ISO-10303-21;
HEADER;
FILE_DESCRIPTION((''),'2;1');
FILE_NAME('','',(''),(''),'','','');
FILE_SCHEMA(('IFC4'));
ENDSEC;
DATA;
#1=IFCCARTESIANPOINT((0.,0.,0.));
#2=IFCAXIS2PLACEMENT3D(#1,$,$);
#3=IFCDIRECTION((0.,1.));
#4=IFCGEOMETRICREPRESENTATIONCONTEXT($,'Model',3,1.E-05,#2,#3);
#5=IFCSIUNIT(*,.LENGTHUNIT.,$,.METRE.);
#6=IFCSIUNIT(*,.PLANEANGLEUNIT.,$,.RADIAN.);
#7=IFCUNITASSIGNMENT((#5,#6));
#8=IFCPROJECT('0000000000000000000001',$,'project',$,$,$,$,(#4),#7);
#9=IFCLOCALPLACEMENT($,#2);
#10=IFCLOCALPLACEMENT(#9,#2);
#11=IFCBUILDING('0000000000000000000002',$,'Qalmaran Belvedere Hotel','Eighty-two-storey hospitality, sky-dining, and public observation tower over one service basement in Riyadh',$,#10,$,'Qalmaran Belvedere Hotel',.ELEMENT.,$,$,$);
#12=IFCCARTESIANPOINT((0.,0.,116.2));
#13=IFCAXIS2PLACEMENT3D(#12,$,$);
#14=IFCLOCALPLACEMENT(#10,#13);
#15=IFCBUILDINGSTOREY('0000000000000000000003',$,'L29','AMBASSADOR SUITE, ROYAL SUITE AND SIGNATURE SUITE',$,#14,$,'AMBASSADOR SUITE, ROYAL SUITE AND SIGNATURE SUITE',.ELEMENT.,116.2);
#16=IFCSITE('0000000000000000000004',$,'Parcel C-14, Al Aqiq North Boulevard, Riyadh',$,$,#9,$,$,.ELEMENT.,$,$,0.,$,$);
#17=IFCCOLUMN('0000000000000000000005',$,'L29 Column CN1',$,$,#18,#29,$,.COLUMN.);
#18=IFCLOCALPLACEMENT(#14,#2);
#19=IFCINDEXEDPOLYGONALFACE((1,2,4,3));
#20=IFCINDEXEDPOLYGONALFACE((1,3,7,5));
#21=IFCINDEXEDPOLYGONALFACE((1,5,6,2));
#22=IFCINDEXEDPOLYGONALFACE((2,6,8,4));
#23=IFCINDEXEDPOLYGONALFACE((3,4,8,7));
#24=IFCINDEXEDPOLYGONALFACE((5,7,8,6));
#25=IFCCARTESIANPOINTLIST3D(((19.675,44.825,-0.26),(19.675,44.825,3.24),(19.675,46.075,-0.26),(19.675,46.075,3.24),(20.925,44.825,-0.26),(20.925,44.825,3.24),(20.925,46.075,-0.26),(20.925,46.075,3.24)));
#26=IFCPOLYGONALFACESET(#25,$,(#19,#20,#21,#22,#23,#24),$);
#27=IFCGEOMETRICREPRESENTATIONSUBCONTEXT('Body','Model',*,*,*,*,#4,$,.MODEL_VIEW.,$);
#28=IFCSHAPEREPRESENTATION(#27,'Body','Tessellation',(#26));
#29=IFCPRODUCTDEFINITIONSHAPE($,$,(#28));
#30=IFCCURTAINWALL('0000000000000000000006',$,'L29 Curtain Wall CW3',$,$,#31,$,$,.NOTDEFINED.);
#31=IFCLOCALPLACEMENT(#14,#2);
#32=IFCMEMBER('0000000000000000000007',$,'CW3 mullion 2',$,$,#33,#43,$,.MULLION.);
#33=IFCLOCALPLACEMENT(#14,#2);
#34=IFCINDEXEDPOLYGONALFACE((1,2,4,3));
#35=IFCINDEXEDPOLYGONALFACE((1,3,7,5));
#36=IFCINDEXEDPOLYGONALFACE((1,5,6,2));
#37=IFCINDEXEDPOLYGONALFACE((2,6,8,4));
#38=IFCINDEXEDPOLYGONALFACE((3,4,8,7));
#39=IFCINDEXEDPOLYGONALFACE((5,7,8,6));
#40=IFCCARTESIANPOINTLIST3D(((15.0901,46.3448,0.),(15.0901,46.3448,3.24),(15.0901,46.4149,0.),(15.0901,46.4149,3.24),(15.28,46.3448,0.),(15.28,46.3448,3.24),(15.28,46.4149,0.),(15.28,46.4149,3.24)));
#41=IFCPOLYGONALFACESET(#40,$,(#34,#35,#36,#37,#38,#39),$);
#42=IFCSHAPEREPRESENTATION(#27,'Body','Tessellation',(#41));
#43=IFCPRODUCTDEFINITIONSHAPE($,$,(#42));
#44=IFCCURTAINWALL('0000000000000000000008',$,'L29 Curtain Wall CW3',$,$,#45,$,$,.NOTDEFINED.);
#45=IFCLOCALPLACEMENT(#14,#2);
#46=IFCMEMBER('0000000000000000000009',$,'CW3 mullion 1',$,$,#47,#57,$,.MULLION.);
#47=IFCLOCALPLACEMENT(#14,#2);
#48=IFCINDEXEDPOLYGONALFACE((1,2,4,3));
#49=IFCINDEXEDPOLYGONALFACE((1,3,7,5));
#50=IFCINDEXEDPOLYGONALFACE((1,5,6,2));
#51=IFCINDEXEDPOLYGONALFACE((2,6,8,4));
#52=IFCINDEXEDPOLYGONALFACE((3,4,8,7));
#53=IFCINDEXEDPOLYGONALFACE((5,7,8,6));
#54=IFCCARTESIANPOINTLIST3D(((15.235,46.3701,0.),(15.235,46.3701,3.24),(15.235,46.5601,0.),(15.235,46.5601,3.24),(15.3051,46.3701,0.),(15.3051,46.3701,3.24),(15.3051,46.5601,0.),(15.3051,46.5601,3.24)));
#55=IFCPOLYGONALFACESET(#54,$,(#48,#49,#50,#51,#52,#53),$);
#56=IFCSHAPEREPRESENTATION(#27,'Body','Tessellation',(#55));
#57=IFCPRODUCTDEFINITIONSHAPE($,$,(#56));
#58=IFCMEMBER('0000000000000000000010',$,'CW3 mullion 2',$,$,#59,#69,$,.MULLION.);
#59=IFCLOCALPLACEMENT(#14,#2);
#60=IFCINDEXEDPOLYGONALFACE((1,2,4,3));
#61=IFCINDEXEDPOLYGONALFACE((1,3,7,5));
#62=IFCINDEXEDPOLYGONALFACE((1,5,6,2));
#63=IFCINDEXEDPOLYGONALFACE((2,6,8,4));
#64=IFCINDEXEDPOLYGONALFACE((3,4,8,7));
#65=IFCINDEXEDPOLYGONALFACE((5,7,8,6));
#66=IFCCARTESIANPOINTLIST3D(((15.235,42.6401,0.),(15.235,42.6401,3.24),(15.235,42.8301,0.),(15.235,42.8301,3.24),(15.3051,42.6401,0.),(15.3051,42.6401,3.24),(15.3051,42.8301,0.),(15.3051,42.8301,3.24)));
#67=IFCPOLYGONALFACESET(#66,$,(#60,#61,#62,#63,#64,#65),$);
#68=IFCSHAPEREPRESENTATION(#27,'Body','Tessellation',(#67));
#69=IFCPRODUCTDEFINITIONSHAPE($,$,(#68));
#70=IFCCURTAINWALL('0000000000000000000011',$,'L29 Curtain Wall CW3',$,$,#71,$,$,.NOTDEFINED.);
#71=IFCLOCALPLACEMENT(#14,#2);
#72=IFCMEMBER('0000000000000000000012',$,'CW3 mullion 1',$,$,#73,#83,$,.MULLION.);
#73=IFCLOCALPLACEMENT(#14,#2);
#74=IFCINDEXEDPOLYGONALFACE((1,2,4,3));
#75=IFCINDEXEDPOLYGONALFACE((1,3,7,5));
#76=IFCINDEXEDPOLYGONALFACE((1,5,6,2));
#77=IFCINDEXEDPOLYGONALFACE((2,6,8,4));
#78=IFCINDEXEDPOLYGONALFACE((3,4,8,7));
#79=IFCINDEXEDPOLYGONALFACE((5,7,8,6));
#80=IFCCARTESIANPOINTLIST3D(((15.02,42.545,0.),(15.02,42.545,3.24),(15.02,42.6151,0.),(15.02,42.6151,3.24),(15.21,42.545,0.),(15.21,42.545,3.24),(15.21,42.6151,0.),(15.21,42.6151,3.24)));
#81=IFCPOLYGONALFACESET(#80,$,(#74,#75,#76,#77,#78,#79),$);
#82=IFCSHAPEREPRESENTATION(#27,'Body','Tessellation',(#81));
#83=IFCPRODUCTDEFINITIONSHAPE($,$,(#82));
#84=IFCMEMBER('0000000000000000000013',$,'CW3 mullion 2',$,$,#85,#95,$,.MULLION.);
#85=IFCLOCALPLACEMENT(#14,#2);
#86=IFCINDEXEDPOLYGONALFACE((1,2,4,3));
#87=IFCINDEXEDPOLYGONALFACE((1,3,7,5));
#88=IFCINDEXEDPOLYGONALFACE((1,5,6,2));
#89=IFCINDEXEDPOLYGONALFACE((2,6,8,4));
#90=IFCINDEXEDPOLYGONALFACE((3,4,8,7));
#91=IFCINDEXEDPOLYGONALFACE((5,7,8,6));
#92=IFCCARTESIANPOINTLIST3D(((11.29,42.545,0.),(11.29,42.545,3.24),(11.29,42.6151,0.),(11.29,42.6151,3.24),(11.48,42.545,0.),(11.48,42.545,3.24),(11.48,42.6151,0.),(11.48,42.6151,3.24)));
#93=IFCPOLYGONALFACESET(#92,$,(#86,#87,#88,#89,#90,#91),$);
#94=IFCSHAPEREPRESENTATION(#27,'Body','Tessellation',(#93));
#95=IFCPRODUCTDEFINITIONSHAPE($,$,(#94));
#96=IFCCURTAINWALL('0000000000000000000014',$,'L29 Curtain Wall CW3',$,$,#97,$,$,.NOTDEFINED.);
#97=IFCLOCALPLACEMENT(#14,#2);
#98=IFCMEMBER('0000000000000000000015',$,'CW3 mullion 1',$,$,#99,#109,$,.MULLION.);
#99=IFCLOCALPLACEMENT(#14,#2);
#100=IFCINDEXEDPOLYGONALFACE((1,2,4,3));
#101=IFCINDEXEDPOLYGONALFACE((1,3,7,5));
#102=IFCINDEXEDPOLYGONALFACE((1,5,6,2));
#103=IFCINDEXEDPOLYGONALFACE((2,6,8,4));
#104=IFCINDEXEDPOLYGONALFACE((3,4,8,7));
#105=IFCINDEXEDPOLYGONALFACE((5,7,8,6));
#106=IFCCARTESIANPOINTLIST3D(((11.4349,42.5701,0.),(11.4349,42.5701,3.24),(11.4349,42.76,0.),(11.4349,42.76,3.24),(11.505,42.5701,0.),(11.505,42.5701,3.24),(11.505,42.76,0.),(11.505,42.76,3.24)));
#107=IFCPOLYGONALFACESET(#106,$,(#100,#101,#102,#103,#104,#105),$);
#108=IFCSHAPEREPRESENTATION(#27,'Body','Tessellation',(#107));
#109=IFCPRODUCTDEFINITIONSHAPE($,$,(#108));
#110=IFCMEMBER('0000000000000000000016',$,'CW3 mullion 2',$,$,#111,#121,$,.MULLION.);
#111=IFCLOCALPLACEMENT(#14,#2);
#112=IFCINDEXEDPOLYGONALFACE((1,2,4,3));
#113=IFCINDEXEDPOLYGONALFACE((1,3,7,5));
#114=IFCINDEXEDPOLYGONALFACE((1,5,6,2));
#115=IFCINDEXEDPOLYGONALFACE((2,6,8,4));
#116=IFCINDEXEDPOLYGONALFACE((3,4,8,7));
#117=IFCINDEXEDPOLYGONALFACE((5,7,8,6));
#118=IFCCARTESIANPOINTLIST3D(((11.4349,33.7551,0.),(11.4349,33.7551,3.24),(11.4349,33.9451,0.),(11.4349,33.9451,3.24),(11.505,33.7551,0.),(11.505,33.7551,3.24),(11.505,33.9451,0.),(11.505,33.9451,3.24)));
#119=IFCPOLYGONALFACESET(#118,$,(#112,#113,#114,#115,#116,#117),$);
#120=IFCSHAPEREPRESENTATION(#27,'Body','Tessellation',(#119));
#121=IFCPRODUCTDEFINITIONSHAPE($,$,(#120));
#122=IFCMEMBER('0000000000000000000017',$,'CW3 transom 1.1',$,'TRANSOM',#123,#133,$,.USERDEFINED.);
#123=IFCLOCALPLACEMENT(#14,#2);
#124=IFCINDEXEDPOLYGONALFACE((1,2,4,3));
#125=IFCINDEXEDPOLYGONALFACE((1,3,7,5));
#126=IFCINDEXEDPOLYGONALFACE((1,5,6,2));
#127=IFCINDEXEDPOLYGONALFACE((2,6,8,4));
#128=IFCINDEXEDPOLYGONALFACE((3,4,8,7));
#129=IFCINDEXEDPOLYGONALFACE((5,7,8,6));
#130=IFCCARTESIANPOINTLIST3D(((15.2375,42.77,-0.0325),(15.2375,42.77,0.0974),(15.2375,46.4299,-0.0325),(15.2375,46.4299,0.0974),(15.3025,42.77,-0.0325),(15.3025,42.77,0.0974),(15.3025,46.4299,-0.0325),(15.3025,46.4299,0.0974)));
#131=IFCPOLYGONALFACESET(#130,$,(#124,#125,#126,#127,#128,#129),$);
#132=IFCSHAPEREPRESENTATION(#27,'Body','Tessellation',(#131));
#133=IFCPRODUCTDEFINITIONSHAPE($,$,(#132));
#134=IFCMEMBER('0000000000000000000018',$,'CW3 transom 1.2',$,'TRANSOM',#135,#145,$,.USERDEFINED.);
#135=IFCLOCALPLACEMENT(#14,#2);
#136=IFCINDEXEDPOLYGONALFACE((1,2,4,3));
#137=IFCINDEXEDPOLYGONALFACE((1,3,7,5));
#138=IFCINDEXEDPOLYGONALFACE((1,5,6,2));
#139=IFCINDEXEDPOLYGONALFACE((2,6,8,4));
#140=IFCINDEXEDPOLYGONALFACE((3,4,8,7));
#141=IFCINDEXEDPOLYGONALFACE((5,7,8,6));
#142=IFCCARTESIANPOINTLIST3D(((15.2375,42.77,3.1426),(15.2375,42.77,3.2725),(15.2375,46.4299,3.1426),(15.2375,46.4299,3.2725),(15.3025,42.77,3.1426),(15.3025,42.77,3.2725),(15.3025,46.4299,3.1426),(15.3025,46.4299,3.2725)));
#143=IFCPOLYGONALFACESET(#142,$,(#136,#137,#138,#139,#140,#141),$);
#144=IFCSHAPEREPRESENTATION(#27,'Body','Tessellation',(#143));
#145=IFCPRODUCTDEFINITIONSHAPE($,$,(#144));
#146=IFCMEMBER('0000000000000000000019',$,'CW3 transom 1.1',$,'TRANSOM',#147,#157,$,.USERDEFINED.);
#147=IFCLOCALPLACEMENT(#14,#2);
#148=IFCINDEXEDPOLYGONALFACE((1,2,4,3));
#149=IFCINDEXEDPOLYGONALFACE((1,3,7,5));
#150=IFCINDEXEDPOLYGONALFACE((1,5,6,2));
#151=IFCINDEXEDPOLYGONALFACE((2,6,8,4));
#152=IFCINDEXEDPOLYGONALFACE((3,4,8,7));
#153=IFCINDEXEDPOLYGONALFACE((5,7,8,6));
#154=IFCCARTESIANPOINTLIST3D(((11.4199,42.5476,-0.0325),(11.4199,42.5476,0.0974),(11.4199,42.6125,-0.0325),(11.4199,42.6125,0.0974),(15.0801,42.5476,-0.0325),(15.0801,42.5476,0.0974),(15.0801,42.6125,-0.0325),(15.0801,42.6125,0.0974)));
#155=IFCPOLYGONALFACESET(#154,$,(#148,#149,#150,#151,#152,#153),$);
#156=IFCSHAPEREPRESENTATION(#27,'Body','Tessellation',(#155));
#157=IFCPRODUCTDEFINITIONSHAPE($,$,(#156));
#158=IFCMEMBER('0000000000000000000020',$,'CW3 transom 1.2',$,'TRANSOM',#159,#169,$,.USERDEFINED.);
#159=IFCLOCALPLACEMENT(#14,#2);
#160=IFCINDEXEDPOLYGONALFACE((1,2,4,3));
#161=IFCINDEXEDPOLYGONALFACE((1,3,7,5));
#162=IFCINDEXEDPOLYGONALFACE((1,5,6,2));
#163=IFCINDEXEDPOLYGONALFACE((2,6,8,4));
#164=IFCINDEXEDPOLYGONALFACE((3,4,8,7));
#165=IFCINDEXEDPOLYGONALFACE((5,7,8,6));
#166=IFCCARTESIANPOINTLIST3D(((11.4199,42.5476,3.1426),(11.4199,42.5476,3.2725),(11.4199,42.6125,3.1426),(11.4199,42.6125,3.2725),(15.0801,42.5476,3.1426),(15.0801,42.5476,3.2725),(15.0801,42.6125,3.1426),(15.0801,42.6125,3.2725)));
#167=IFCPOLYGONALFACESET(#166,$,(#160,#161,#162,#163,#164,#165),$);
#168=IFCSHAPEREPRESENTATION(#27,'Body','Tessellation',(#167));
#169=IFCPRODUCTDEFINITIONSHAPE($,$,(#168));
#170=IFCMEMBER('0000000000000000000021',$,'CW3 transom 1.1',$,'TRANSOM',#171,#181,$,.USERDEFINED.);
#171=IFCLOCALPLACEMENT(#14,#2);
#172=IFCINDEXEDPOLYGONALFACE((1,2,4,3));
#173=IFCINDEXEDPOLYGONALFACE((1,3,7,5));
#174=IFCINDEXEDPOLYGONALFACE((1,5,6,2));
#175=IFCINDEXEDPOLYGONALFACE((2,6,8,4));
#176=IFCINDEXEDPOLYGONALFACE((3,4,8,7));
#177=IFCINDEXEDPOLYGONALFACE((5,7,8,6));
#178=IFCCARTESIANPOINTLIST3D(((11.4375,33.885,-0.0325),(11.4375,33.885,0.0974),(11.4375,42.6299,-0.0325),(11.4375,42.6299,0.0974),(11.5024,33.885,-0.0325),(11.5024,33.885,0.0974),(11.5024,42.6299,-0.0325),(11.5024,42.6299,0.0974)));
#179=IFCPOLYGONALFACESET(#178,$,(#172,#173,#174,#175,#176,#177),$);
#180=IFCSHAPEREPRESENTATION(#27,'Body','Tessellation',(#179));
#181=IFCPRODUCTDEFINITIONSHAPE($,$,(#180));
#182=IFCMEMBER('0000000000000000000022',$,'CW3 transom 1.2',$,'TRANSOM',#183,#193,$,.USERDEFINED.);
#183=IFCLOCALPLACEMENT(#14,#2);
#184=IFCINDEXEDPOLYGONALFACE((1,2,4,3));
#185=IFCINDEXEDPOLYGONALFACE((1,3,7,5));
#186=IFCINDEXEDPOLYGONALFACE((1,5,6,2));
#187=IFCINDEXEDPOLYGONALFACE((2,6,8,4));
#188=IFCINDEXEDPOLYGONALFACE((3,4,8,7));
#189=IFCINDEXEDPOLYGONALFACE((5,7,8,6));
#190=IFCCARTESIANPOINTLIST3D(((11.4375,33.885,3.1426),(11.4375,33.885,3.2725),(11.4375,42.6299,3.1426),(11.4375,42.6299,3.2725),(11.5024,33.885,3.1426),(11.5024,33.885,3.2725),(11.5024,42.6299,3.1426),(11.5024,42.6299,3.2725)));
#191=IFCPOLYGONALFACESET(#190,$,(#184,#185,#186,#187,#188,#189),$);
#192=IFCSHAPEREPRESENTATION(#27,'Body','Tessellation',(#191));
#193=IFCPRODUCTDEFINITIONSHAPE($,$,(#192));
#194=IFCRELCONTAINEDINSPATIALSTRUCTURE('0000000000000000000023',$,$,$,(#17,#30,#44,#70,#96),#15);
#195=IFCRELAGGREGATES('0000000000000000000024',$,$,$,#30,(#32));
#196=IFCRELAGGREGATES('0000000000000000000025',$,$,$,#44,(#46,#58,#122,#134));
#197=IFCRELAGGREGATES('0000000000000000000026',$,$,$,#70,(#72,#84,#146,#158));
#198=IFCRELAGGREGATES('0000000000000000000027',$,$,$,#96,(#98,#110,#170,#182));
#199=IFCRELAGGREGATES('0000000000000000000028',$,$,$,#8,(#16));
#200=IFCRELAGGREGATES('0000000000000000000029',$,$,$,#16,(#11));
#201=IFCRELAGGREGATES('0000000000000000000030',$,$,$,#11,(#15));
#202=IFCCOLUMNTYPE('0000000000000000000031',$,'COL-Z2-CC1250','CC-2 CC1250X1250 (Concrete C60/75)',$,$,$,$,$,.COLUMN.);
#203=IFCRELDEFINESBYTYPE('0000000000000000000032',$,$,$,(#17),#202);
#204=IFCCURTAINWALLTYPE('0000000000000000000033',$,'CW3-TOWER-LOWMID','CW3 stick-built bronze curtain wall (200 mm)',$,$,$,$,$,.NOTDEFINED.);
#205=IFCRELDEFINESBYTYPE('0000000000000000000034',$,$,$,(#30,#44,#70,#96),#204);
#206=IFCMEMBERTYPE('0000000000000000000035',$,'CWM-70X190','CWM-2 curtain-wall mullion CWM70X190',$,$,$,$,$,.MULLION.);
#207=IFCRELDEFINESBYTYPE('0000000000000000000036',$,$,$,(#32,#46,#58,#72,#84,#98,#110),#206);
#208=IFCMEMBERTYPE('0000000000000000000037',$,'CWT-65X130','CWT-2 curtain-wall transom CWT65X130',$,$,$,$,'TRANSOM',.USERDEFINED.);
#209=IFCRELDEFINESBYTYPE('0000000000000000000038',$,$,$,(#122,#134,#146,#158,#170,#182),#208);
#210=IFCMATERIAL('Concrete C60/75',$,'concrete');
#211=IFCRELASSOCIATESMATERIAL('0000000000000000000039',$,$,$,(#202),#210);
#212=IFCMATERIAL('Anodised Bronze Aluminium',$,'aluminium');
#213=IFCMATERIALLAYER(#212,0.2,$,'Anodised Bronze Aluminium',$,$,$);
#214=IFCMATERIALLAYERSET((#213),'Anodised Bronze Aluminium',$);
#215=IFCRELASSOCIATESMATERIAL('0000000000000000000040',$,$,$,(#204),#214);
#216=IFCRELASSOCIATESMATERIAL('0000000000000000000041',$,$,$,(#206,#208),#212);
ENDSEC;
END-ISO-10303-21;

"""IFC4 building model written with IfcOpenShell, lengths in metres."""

from ifc_helpers import new_model, si_unit, direction, frame, origin, origin_2d, place, context, subcontext, project, spatial, rectangle, extrude, material, layer, layer_set, material_profile, profile_set, type_object, element, aggregate, save


model = new_model("IFC4")

# Units and contexts
model_context = context("Model", 3, precision=1e-05, world=origin(), true_north=direction((0.0, 1.0)))
body_context = subcontext(model_context, "Body", "Model", "MODEL_VIEW")
ifc_project = project(units=[si_unit("LENGTHUNIT", "METRE"), si_unit("PLANEANGLEUNIT", "RADIAN")], contexts=[model_context])

# Site, building, storey
site_placement = place(None, origin())
site = spatial("IfcSite", under=ifc_project, at=site_placement, Name="Parcel C-14, Al Aqiq North Boulevard, Riyadh", CompositionType="ELEMENT", RefElevation=0.0)
building_placement = place(site_placement, origin())
building = spatial("IfcBuilding", under=site, at=building_placement, Name="Qalmaran Belvedere Hotel", Description="Eighty-two-storey hospitality, sky-dining, and public observation tower over one service basement in Riyadh", LongName="Qalmaran Belvedere Hotel", CompositionType="ELEMENT")
storey_placement = place(building_placement, frame((0.0, 0.0, 116.2)))
storey = spatial("IfcBuildingStorey", under=building, at=storey_placement, Name="L29", Description="AMBASSADOR SUITE, ROYAL SUITE AND SIGNATURE SUITE", LongName="AMBASSADOR SUITE, ROYAL SUITE AND SIGNATURE SUITE", CompositionType="ELEMENT", Elevation=116.2)

# Column
ifc_material_1 = material(Name="Concrete C60/75", Category="concrete")
ifc_material_profile_1 = material_profile(ifc_material_1, rectangle(XDim=1.25, YDim=1.25, at=origin_2d()), Name="CC1250X1250")
ifc_profile_set_1 = profile_set([ifc_material_profile_1], Name="Concrete C60/75")
column_type = type_object("IfcColumnType", Name="COL-Z2-CC1250", Description="CC-2 CC1250X1250 (Concrete C60/75)", PredefinedType="COLUMN", material=ifc_profile_set_1)
column_placement = place(storey_placement, frame((20.3, 45.45, -0.26), z_axis=(0.0, 0.0, 1.0), x_axis=(1.0, 0.0, 0.0)))
element("IfcColumn", 1, at=column_placement, inside=storey, type_object=column_type, Name="L29 Column CN1", PredefinedType="COLUMN", context=body_context, shape_type="SweptSolid", body=[
    extrude(rectangle(XDim=1.25, YDim=1.25, at=origin_2d()), origin(), (0.0, 0.0, 1.0), 3.5),
])

# Curtain wall, member
ifc_material_2 = material(Name="Anodised Bronze Aluminium", Category="aluminium")
ifc_layer_1 = layer(ifc_material_2, 0.2, Name="Anodised Bronze Aluminium")
ifc_layer_set_1 = layer_set([ifc_layer_1], Name="Anodised Bronze Aluminium")
curtain_wall_type = type_object("IfcCurtainWallType", Name="CW3-TOWER-LOWMID", Description="CW3 stick-built bronze curtain wall (200 mm)", PredefinedType="NOTDEFINED", material=ifc_layer_set_1)
curtain_wall_1_placement = place(storey_placement, origin())
curtain_wall_1 = element("IfcCurtainWall", 2, at=curtain_wall_1_placement, inside=storey, type_object=curtain_wall_type, Name="L29 Curtain Wall CW3", PredefinedType="NOTDEFINED")
ifc_material_profile_2 = material_profile(ifc_material_2, rectangle(XDim=0.0701, YDim=0.1899, at=origin_2d()), Name="CWM70X190")
ifc_profile_set_2 = profile_set([ifc_material_profile_2], Name="Anodised Bronze Aluminium")
member_type_1 = type_object("IfcMemberType", Name="CWM-70X190", Description="CWM-2 curtain-wall mullion CWM70X190", PredefinedType="MULLION", material=ifc_profile_set_2)
member_1_placement = place(storey_placement, frame((15.1851, 46.3799, 0.0), z_axis=(0.0, 0.0, 1.0), x_axis=(0.0, -1.0, 0.0)))
member_1 = element("IfcMember", 3, at=member_1_placement, type_object=member_type_1, Name="CW3 mullion 2", PredefinedType="MULLION", context=body_context, shape_type="SweptSolid", body=[
    extrude(rectangle(XDim=0.0701, YDim=0.1899, at=origin_2d()), origin(), (0.0, 0.0, 1.0), 3.24),
])

# Curtain walls, members
curtain_wall_2_placement = place(storey_placement, origin())
curtain_wall_2 = element("IfcCurtainWall", 4, at=curtain_wall_2_placement, inside=storey, type_object=curtain_wall_type, Name="L29 Curtain Wall CW3", PredefinedType="NOTDEFINED")
member_2_placement = place(storey_placement, frame((15.27, 46.4651, 0.0), z_axis=(0.0, 0.0, 1.0), x_axis=(1.0, 0.0, 0.0)))
member_2 = element("IfcMember", 5, at=member_2_placement, type_object=member_type_1, Name="CW3 mullion 1", PredefinedType="MULLION", context=body_context, shape_type="SweptSolid", body=[
    extrude(rectangle(XDim=0.0701, YDim=0.1899, at=origin_2d()), origin(), (0.0, 0.0, 1.0), 3.24),
])
member_3_placement = place(storey_placement, frame((15.27, 42.7351, 0.0), z_axis=(0.0, 0.0, 1.0), x_axis=(1.0, 0.0, 0.0)))
member_3 = element("IfcMember", 6, at=member_3_placement, type_object=member_type_1, Name="CW3 mullion 2", PredefinedType="MULLION", context=body_context, shape_type="SweptSolid", body=[
    extrude(rectangle(XDim=0.0701, YDim=0.1899, at=origin_2d()), origin(), (0.0, 0.0, 1.0), 3.24),
])
curtain_wall_3_placement = place(storey_placement, origin())
curtain_wall_3 = element("IfcCurtainWall", 7, at=curtain_wall_3_placement, inside=storey, type_object=curtain_wall_type, Name="L29 Curtain Wall CW3", PredefinedType="NOTDEFINED")
member_4_placement = place(storey_placement, frame((15.115, 42.5801, 0.0), z_axis=(0.0, 0.0, 1.0), x_axis=(0.0, -1.0, 0.0)))
member_4 = element("IfcMember", 8, at=member_4_placement, type_object=member_type_1, Name="CW3 mullion 1", PredefinedType="MULLION", context=body_context, shape_type="SweptSolid", body=[
    extrude(rectangle(XDim=0.0701, YDim=0.1899, at=origin_2d()), origin(), (0.0, 0.0, 1.0), 3.24),
])
member_5_placement = place(storey_placement, frame((11.385, 42.5801, 0.0), z_axis=(0.0, 0.0, 1.0), x_axis=(0.0, -1.0, 0.0)))
member_5 = element("IfcMember", 9, at=member_5_placement, type_object=member_type_1, Name="CW3 mullion 2", PredefinedType="MULLION", context=body_context, shape_type="SweptSolid", body=[
    extrude(rectangle(XDim=0.0701, YDim=0.1899, at=origin_2d()), origin(), (0.0, 0.0, 1.0), 3.24),
])
curtain_wall_4_placement = place(storey_placement, origin())
curtain_wall_4 = element("IfcCurtainWall", 10, at=curtain_wall_4_placement, inside=storey, type_object=curtain_wall_type, Name="L29 Curtain Wall CW3", PredefinedType="NOTDEFINED")
member_6_placement = place(storey_placement, frame((11.47, 42.665, 0.0), z_axis=(0.0, 0.0, 1.0), x_axis=(1.0, 0.0, 0.0)))
member_6 = element("IfcMember", 11, at=member_6_placement, type_object=member_type_1, Name="CW3 mullion 1", PredefinedType="MULLION", context=body_context, shape_type="SweptSolid", body=[
    extrude(rectangle(XDim=0.0701, YDim=0.1899, at=origin_2d()), origin(), (0.0, 0.0, 1.0), 3.24),
])
member_7_placement = place(storey_placement, frame((11.47, 33.8501, 0.0), z_axis=(0.0, 0.0, 1.0), x_axis=(1.0, 0.0, 0.0)))
member_7 = element("IfcMember", 12, at=member_7_placement, type_object=member_type_1, Name="CW3 mullion 2", PredefinedType="MULLION", context=body_context, shape_type="SweptSolid", body=[
    extrude(rectangle(XDim=0.0701, YDim=0.1899, at=origin_2d()), origin(), (0.0, 0.0, 1.0), 3.24),
])

# Members
ifc_material_profile_3 = material_profile(ifc_material_2, rectangle(XDim=0.0649, YDim=0.1299, at=origin_2d()), Name="CWT65X130")
ifc_profile_set_3 = profile_set([ifc_material_profile_3], Name="Anodised Bronze Aluminium")
member_type_2 = type_object("IfcMemberType", Name="CWT-65X130", Description="CWT-2 curtain-wall transom CWT65X130", ElementType="TRANSOM", PredefinedType="USERDEFINED", material=ifc_profile_set_3)
member_8_placement = place(storey_placement, frame((15.27, 46.4299, 0.0325), z_axis=(0.0, -1.0, 0.0), x_axis=(1.0, 0.0, 0.0)))
member_8 = element("IfcMember", 13, at=member_8_placement, type_object=member_type_2, Name="CW3 transom 1.1", ObjectType="TRANSOM", PredefinedType="USERDEFINED", context=body_context, shape_type="SweptSolid", body=[
    extrude(rectangle(XDim=0.0649, YDim=0.1299, at=origin_2d()), origin(), (0.0, 0.0, 1.0), 3.6599),
])
member_9_placement = place(storey_placement, frame((15.27, 46.4299, 3.2075), z_axis=(0.0, -1.0, 0.0), x_axis=(1.0, 0.0, 0.0)))
member_9 = element("IfcMember", 14, at=member_9_placement, type_object=member_type_2, Name="CW3 transom 1.2", ObjectType="TRANSOM", PredefinedType="USERDEFINED", context=body_context, shape_type="SweptSolid", body=[
    extrude(rectangle(XDim=0.0649, YDim=0.1299, at=origin_2d()), origin(), (0.0, 0.0, 1.0), 3.6599),
])
member_10_placement = place(storey_placement, frame((15.0801, 42.5801, 0.0325), z_axis=(-1.0, 0.0, 0.0), x_axis=(0.0, -1.0, 0.0)))
member_10 = element("IfcMember", 15, at=member_10_placement, type_object=member_type_2, Name="CW3 transom 1.1", ObjectType="TRANSOM", PredefinedType="USERDEFINED", context=body_context, shape_type="SweptSolid", body=[
    extrude(rectangle(XDim=0.0649, YDim=0.1299, at=origin_2d()), origin(), (0.0, 0.0, 1.0), 3.6602),
])
member_11_placement = place(storey_placement, frame((15.0801, 42.5801, 3.2075), z_axis=(-1.0, 0.0, 0.0), x_axis=(0.0, -1.0, 0.0)))
member_11 = element("IfcMember", 16, at=member_11_placement, type_object=member_type_2, Name="CW3 transom 1.2", ObjectType="TRANSOM", PredefinedType="USERDEFINED", context=body_context, shape_type="SweptSolid", body=[
    extrude(rectangle(XDim=0.0649, YDim=0.1299, at=origin_2d()), origin(), (0.0, 0.0, 1.0), 3.6602),
])
member_12_placement = place(storey_placement, frame((11.47, 42.6299, 0.0325), z_axis=(0.0, -1.0, 0.0), x_axis=(1.0, 0.0, 0.0)))
member_12 = element("IfcMember", 17, at=member_12_placement, type_object=member_type_2, Name="CW3 transom 1.1", ObjectType="TRANSOM", PredefinedType="USERDEFINED", context=body_context, shape_type="SweptSolid", body=[
    extrude(rectangle(XDim=0.0649, YDim=0.1299, at=origin_2d()), origin(), (0.0, 0.0, 1.0), 8.7449),
])
member_13_placement = place(storey_placement, frame((11.47, 42.6299, 3.2075), z_axis=(0.0, -1.0, 0.0), x_axis=(1.0, 0.0, 0.0)))
member_13 = element("IfcMember", 18, at=member_13_placement, type_object=member_type_2, Name="CW3 transom 1.2", ObjectType="TRANSOM", PredefinedType="USERDEFINED", context=body_context, shape_type="SweptSolid", body=[
    extrude(rectangle(XDim=0.0649, YDim=0.1299, at=origin_2d()), origin(), (0.0, 0.0, 1.0), 8.7449),
])

aggregate(curtain_wall_1, [member_1])
aggregate(curtain_wall_2, [member_2, member_3, member_8, member_9])
aggregate(curtain_wall_3, [member_4, member_5, member_10, member_11])
aggregate(curtain_wall_4, [member_6, member_7, member_12, member_13])

save(model, "model.ifc")
